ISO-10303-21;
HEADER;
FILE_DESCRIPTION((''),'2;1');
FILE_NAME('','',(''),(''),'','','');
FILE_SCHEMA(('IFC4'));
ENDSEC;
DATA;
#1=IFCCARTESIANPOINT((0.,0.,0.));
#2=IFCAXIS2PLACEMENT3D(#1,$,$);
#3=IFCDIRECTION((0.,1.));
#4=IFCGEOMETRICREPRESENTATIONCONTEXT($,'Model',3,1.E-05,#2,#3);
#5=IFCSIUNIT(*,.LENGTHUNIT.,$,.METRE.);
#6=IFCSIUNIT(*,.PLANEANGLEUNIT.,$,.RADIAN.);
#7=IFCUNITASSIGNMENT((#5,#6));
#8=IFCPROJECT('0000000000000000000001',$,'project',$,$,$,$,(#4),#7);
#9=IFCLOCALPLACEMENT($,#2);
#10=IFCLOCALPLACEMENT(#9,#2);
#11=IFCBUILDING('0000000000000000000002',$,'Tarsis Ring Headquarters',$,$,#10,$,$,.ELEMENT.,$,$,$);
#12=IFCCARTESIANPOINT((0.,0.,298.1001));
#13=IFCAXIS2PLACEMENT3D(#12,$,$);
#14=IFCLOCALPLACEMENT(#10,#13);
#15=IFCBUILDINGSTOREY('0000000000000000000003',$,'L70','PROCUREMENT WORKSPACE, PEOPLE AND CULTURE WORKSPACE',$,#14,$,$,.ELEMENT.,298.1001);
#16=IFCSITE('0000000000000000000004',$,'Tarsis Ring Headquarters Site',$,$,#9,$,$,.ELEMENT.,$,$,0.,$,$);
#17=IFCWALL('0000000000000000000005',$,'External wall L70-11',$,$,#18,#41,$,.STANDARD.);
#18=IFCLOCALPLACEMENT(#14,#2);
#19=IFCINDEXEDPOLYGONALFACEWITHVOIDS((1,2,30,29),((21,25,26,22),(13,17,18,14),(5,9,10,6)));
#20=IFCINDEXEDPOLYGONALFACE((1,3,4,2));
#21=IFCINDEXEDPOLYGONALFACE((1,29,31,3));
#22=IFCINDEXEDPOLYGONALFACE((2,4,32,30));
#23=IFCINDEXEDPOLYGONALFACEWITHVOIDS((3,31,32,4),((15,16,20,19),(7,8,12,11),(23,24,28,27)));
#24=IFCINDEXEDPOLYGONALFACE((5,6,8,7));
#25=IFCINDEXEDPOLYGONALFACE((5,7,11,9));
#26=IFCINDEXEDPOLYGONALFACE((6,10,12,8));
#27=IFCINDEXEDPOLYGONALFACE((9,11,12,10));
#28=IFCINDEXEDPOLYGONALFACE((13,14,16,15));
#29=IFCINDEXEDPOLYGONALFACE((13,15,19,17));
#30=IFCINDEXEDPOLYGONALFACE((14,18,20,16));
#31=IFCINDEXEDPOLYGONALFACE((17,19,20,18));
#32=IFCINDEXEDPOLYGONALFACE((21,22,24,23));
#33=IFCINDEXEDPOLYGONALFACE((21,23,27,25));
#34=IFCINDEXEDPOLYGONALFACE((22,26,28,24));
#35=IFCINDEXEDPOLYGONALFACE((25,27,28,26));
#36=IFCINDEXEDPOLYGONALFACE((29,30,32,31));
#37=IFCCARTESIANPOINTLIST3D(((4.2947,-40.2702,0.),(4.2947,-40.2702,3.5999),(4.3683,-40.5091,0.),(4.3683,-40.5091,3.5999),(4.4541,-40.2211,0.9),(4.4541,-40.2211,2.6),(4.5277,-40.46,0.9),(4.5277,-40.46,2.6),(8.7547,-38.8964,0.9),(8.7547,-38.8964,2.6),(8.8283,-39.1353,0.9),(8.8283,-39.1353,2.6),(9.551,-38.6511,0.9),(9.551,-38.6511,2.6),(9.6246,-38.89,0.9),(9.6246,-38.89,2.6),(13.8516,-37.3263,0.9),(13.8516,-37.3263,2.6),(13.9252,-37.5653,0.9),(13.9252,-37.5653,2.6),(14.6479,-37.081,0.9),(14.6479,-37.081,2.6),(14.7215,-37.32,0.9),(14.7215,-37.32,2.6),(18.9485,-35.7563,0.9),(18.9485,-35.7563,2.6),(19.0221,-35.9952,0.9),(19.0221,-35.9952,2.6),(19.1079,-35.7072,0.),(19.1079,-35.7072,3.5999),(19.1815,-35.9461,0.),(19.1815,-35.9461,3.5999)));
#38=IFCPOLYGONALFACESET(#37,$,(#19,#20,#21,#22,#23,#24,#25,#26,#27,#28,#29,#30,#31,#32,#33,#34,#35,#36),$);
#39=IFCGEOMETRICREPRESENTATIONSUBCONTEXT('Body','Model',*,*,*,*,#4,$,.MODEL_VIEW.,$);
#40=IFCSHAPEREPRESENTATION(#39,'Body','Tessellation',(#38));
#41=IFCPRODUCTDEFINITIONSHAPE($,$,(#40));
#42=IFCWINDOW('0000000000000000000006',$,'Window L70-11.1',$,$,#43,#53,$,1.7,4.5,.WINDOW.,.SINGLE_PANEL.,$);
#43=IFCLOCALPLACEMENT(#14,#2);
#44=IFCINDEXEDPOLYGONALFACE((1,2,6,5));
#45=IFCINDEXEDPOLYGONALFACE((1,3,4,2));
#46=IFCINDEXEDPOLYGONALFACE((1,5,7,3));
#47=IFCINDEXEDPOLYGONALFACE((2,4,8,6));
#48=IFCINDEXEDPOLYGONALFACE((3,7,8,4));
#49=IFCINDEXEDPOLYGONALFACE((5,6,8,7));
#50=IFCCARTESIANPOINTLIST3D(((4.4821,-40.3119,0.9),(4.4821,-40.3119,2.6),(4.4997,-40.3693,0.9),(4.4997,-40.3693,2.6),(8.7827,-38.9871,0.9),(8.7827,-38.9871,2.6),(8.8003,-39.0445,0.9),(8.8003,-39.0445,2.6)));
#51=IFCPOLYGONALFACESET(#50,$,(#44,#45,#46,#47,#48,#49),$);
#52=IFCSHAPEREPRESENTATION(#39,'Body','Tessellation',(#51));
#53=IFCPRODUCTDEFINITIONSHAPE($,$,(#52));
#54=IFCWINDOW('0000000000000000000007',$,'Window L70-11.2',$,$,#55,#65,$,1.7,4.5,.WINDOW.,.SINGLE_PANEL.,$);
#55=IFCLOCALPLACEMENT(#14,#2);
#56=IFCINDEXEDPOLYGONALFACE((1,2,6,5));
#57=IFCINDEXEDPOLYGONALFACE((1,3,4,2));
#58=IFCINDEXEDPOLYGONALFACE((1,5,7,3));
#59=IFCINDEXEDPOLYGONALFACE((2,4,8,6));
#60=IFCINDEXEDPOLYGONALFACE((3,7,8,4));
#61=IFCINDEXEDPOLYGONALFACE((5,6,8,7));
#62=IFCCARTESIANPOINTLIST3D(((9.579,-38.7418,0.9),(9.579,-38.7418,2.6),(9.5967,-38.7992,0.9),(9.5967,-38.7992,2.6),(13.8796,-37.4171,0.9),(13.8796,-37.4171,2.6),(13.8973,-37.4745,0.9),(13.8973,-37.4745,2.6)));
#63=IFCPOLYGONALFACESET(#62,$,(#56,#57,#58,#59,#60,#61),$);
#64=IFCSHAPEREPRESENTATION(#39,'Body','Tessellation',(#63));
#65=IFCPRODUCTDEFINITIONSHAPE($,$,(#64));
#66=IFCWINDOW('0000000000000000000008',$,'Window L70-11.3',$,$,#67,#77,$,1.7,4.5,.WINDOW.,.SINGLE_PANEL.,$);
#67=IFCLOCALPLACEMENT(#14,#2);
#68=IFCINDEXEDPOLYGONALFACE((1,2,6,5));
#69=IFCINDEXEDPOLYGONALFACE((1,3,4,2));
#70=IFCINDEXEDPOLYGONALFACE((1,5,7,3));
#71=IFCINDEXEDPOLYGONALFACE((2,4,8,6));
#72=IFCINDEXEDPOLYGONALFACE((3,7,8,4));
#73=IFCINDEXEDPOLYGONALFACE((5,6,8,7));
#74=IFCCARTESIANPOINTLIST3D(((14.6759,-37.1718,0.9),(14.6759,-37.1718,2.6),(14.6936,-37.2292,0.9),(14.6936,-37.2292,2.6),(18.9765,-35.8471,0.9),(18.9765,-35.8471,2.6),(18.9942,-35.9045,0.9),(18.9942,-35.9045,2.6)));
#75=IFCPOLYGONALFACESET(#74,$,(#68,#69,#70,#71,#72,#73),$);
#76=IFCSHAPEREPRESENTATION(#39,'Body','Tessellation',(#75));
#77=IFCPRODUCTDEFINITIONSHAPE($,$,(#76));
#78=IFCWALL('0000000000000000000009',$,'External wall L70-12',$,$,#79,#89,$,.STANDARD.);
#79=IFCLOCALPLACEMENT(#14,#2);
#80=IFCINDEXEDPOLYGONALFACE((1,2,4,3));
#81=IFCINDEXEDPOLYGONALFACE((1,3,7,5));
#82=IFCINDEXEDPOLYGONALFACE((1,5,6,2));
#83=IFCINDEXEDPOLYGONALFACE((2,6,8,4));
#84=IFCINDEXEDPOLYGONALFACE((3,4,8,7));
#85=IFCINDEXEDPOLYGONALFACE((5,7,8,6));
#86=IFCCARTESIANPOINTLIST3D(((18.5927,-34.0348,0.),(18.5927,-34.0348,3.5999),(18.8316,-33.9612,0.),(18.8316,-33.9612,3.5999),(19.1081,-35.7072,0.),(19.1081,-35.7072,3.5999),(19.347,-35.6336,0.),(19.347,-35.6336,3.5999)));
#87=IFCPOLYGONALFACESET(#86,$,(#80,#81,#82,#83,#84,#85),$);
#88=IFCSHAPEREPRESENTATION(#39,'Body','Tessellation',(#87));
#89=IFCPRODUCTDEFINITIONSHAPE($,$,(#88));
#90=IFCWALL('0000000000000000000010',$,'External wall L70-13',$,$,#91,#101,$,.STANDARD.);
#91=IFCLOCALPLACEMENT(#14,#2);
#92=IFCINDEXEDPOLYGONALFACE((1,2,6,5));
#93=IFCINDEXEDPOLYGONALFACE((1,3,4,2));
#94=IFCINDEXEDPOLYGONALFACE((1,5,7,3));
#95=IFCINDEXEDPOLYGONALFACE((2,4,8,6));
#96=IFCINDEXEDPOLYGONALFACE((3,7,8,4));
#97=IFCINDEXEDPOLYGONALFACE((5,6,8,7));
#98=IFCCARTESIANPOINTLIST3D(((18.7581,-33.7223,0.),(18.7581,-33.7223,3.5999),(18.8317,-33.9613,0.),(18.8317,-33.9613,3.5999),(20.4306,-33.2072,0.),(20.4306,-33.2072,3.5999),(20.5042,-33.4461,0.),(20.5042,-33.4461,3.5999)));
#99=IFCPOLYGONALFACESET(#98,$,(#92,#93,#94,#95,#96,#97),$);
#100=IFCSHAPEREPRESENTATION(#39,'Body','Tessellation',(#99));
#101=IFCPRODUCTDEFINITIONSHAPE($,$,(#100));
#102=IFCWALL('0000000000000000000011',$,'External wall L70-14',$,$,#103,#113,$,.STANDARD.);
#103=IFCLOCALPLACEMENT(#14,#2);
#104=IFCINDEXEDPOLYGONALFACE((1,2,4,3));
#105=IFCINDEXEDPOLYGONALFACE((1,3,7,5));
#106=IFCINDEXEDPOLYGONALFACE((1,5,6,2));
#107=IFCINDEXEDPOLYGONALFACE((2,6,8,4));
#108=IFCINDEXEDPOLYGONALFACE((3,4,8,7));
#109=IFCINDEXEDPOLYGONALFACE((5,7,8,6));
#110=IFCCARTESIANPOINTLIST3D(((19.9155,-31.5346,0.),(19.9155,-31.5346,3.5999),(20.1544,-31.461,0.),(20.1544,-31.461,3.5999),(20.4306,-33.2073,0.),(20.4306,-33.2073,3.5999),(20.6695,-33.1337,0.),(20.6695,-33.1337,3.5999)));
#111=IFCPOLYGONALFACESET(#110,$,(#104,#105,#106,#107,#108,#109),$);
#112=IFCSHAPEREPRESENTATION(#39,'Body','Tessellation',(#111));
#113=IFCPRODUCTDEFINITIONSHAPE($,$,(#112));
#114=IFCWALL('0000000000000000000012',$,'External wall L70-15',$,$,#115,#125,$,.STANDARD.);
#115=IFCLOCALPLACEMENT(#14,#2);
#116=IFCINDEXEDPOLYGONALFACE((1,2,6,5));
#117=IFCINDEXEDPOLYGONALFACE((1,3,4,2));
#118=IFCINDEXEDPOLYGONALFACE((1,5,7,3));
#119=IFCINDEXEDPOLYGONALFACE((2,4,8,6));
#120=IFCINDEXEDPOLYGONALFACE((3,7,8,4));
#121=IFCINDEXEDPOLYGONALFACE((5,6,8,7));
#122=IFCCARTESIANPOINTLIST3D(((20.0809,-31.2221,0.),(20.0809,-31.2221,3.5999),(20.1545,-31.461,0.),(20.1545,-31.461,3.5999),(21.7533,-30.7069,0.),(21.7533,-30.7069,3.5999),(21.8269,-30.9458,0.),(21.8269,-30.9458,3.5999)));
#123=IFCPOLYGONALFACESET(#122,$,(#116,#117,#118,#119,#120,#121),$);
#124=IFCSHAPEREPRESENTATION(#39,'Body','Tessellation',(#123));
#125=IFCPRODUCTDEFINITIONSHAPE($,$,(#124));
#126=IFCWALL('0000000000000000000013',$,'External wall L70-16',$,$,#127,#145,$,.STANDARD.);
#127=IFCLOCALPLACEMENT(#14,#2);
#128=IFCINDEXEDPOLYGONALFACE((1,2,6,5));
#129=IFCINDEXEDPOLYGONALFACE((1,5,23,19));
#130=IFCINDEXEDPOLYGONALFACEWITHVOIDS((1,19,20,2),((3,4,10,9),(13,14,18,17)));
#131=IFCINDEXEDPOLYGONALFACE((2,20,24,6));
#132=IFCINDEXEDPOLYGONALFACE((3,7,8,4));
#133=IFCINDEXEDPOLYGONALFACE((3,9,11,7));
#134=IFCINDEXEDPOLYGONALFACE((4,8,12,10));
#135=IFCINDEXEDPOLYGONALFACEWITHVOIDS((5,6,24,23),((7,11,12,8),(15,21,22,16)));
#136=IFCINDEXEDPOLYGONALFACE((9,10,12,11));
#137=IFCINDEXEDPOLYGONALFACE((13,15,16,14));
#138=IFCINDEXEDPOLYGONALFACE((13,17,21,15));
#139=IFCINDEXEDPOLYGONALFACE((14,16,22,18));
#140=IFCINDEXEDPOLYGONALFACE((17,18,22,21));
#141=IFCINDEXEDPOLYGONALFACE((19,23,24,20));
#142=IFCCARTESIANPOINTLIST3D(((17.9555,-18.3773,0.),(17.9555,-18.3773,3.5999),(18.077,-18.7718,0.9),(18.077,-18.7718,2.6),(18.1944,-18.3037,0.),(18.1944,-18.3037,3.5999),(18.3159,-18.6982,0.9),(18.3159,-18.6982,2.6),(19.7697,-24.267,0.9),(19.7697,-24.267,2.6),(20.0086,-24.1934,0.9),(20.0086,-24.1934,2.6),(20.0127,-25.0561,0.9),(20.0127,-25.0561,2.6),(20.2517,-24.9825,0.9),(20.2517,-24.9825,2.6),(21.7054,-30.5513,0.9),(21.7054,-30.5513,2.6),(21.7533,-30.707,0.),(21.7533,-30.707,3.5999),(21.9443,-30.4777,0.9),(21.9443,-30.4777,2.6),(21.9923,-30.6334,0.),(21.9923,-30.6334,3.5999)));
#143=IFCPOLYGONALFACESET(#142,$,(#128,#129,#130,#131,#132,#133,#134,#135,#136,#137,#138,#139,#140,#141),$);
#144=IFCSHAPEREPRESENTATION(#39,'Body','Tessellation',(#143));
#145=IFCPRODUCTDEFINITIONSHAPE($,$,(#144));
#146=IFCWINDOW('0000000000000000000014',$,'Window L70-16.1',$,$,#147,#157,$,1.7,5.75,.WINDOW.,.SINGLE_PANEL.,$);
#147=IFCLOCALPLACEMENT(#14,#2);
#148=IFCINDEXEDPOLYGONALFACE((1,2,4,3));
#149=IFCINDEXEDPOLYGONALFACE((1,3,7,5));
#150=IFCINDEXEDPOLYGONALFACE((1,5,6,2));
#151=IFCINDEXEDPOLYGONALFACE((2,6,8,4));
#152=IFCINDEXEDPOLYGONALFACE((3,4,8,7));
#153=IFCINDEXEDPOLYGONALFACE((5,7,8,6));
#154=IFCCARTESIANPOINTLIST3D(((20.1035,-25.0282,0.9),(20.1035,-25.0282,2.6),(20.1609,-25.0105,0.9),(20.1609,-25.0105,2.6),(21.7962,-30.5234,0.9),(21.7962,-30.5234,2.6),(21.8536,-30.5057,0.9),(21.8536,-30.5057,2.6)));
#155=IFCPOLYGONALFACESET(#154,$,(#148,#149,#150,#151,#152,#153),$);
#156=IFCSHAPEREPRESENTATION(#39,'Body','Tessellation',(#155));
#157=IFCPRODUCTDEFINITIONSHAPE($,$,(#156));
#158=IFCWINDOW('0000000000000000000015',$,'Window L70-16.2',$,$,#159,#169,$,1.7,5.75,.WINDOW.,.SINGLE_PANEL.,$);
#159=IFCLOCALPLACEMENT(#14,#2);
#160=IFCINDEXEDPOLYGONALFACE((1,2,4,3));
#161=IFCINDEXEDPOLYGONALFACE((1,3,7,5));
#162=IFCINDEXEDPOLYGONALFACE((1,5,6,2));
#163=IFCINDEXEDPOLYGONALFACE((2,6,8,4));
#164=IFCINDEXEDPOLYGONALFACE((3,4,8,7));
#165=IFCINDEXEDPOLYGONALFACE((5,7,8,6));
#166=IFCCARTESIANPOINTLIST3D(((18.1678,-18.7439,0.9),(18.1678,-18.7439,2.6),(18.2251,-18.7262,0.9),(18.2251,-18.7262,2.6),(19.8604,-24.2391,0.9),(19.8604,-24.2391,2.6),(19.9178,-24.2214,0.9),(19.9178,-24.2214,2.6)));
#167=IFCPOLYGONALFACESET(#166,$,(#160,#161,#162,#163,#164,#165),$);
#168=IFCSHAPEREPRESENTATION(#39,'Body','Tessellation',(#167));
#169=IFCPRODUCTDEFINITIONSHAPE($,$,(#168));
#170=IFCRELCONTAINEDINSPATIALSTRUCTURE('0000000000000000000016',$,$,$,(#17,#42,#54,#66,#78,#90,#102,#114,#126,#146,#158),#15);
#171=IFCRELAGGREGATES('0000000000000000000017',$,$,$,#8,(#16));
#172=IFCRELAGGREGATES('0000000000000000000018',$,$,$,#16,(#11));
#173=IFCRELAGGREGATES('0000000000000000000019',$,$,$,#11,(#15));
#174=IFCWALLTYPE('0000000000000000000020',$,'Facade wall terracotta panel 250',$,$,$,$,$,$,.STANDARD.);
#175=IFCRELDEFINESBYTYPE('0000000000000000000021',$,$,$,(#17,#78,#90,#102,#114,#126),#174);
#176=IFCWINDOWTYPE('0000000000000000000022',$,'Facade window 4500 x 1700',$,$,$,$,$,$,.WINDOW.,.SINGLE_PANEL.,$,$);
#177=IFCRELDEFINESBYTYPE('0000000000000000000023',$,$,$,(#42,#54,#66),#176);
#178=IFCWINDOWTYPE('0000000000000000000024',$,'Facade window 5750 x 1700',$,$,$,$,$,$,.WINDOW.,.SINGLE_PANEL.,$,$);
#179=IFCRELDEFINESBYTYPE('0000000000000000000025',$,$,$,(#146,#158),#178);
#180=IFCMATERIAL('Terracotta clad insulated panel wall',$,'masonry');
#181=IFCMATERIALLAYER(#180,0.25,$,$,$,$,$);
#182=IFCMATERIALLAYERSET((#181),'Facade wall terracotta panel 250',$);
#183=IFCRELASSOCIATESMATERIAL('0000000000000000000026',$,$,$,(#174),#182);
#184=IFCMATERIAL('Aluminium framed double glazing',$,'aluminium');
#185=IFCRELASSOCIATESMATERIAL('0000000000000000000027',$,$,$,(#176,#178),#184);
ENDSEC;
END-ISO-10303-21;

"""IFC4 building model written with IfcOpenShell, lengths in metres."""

from ifc_helpers import new_model, si_unit, direction, frame, frame_2d, origin, place, context, subcontext, project, spatial, rectangle, extrude, material, layer, layer_set, type_object, element, fill, save


model = new_model("IFC4")

# Units and contexts
model_context = context("Model", 3, precision=1e-05, world=origin(), true_north=direction((0.0, 1.0)))
body_context = subcontext(model_context, "Body", "Model", "MODEL_VIEW")
ifc_project = project(units=[si_unit("LENGTHUNIT", "METRE"), si_unit("PLANEANGLEUNIT", "RADIAN")], contexts=[model_context])

# Site, building, storey
site_placement = place(None, origin())
site = spatial("IfcSite", under=ifc_project, at=site_placement, Name="Tarsis Ring Headquarters Site", CompositionType="ELEMENT", RefElevation=0.0)
building_placement = place(site_placement, origin())
building = spatial("IfcBuilding", under=site, at=building_placement, Name="Tarsis Ring Headquarters", CompositionType="ELEMENT")
storey_placement = place(building_placement, frame((0.0, 0.0, 298.1001)))
storey = spatial("IfcBuildingStorey", under=building, at=storey_placement, Name="L70", Description="PROCUREMENT WORKSPACE, PEOPLE AND CULTURE WORKSPACE", CompositionType="ELEMENT", Elevation=298.1001)

# Shared definitions
ifc_material_1 = material(Name="Terracotta clad insulated panel wall", Category="masonry")
ifc_layer_1 = layer(ifc_material_1, 0.25)
ifc_layer_set_1 = layer_set([ifc_layer_1], Name="Facade wall terracotta panel 250")
wall_type_1 = type_object("IfcWallType", Name="Facade wall terracotta panel 250", PredefinedType="STANDARD", material=ifc_layer_set_1)

# Wall, openings, windows
wall_1_placement = place(storey_placement, frame((4.3315, -40.3896, 0.0), z_axis=(0.0, 0.0, 1.0), x_axis=(0.955687, 0.294385, 0.0)))
wall_1 = element("IfcWall", 1, at=wall_1_placement, inside=storey, type_object=wall_type_1, Name="External wall L70-11", PredefinedType="STANDARD", context=body_context, shape_type="SweptSolid", body=[
    extrude(rectangle(XDim=15.5, YDim=0.25, at=frame_2d((7.75, 0.0))), origin(), (0.0, 0.0, 1.0), 3.5999),
])
opening_1_placement = place(wall_1_placement, frame((0.1667, 0.0, 0.8999)))
opening_1 = element("IfcOpeningElement", 2, at=opening_1_placement, cuts=wall_1, PredefinedType="OPENING", context=body_context, shape_type="SweptSolid", body=[
    extrude(rectangle(XDim=4.5, YDim=1.7, at=frame_2d((2.25, 0.8501))), frame((0.0, 0.135, 0.0), z_axis=(0.0, -1.0, 0.0), x_axis=(1.0, 0.0, 0.0)), (0.0, 0.0, 1.0), 0.27),
])
opening_2_placement = place(wall_1_placement, frame((5.5, 0.0, 0.8999)))
opening_2 = element("IfcOpeningElement", 3, at=opening_2_placement, cuts=wall_1, PredefinedType="OPENING", context=body_context, shape_type="SweptSolid", body=[
    extrude(rectangle(XDim=4.5, YDim=1.7, at=frame_2d((2.25, 0.8501))), frame((0.0, 0.135, 0.0), z_axis=(0.0, -1.0, 0.0), x_axis=(1.0, 0.0, 0.0)), (0.0, 0.0, 1.0), 0.27),
])
opening_3_placement = place(wall_1_placement, frame((10.8333, 0.0, 0.8999)))
opening_3 = element("IfcOpeningElement", 4, at=opening_3_placement, cuts=wall_1, PredefinedType="OPENING", context=body_context, shape_type="SweptSolid", body=[
    extrude(rectangle(XDim=4.5, YDim=1.7, at=frame_2d((2.25, 0.8501))), frame((0.0, 0.135, 0.0), z_axis=(0.0, -1.0, 0.0), x_axis=(1.0, 0.0, 0.0)), (0.0, 0.0, 1.0), 0.27),
])
ifc_material_2 = material(Name="Aluminium framed double glazing", Category="aluminium")
window_type_1 = type_object("IfcWindowType", Name="Facade window 4500 x 1700", PartitioningType="SINGLE_PANEL", PredefinedType="WINDOW", material=ifc_material_2)
window_1_placement = place(opening_1_placement, origin())
window_1 = element("IfcWindow", 5, at=window_1_placement, inside=storey, type_object=window_type_1, Name="Window L70-11.1", OverallHeight=1.7, OverallWidth=4.5, PartitioningType="SINGLE_PANEL", PredefinedType="WINDOW", context=body_context, shape_type="SweptSolid", body=[
    extrude(rectangle(XDim=4.5, YDim=1.7, at=frame_2d((2.25, 0.8501))), frame((0.0, 0.03, 0.0), z_axis=(0.0, -1.0, 0.0), x_axis=(1.0, 0.0, 0.0)), (0.0, 0.0, 1.0), 0.0601),
])
fill(opening_1, window_1)
window_2_placement = place(opening_2_placement, origin())
window_2 = element("IfcWindow", 6, at=window_2_placement, inside=storey, type_object=window_type_1, Name="Window L70-11.2", OverallHeight=1.7, OverallWidth=4.5, PartitioningType="SINGLE_PANEL", PredefinedType="WINDOW", context=body_context, shape_type="SweptSolid", body=[
    extrude(rectangle(XDim=4.5, YDim=1.7, at=frame_2d((2.25, 0.8501))), frame((0.0, 0.03, 0.0), z_axis=(0.0, -1.0, 0.0), x_axis=(1.0, 0.0, 0.0)), (0.0, 0.0, 1.0), 0.0601),
])
fill(opening_2, window_2)
window_3_placement = place(opening_3_placement, origin())
window_3 = element("IfcWindow", 7, at=window_3_placement, inside=storey, type_object=window_type_1, Name="Window L70-11.3", OverallHeight=1.7, OverallWidth=4.5, PartitioningType="SINGLE_PANEL", PredefinedType="WINDOW", context=body_context, shape_type="SweptSolid", body=[
    extrude(rectangle(XDim=4.5, YDim=1.7, at=frame_2d((2.25, 0.8501))), frame((0.0, 0.03, 0.0), z_axis=(0.0, -1.0, 0.0), x_axis=(1.0, 0.0, 0.0)), (0.0, 0.0, 1.0), 0.0601),
])
fill(opening_3, window_3)

# Walls
for number, where, z_axis, x_axis, name in (
    (8, (19.2275, -35.6704, 0.0), (0.0, 0.0, 1.0), (-0.294507, 0.955649, 0.0), "External wall L70-12"),
    (9, (18.7949, -33.8418, 0.0), (0.0, 0.0, 1.0), (0.955688, 0.29438, 0.0), "External wall L70-13"),
):
    element("IfcWall", number, at=place(storey_placement, frame(where, z_axis=z_axis, x_axis=x_axis)), inside=storey, type_object=wall_type_1, Name=name, PredefinedType="STANDARD", context=body_context, shape_type="SweptSolid", body=[
        extrude(rectangle(XDim=1.75, YDim=0.25, at=frame_2d((0.875, 0.0))), origin(), (0.0, 0.0, 1.0), 3.5999),
    ])
wall_2_placement = place(storey_placement, frame((20.55, -33.1704, 0.0), z_axis=(0.0, 0.0, 1.0), x_axis=(-0.294341, 0.955701, 0.0)))
element("IfcWall", 10, at=wall_2_placement, inside=storey, type_object=wall_type_1, Name="External wall L70-14", PredefinedType="STANDARD", context=body_context, shape_type="SweptSolid", body=[
    extrude(rectangle(XDim=1.7502, YDim=0.25, at=frame_2d((0.875, 0.0))), origin(), (0.0, 0.0, 1.0), 3.5999),
])
wall_3_placement = place(storey_placement, frame((20.1177, -31.3416, 0.0), z_axis=(0.0, 0.0, 1.0), x_axis=(0.955688, 0.29438, 0.0)))
element("IfcWall", 11, at=wall_3_placement, inside=storey, type_object=wall_type_1, Name="External wall L70-15", PredefinedType="STANDARD", context=body_context, shape_type="SweptSolid", body=[
    extrude(rectangle(XDim=1.75, YDim=0.25, at=frame_2d((0.875, 0.0))), origin(), (0.0, 0.0, 1.0), 3.5999),
])

# Wall, openings, windows
wall_4_placement = place(storey_placement, frame((21.8728, -30.6702, 0.0), z_axis=(0.0, 0.0, 1.0), x_axis=(-0.294378, 0.955689, 0.0)))
wall_4 = element("IfcWall", 12, at=wall_4_placement, inside=storey, type_object=wall_type_1, Name="External wall L70-16", PredefinedType="STANDARD", context=body_context, shape_type="SweptSolid", body=[
    extrude(rectangle(XDim=12.9014, YDim=0.25, at=frame_2d((6.4507, 0.0))), origin(), (0.0, 0.0, 1.0), 3.5999),
])
opening_4_placement = place(wall_4_placement, frame((0.1628, 0.0, 0.8999)))
opening_4 = element("IfcOpeningElement", 13, at=opening_4_placement, cuts=wall_4, PredefinedType="OPENING", context=body_context, shape_type="SweptSolid", body=[
    extrude(rectangle(XDim=5.75, YDim=1.7, at=frame_2d((2.875, 0.8501))), frame((0.0, 0.135, 0.0), z_axis=(0.0, -1.0, 0.0), x_axis=(1.0, 0.0, 0.0)), (0.0, 0.0, 1.0), 0.27),
])
opening_5_placement = place(wall_4_placement, frame((6.7385, 0.0, 0.8999)))
opening_5 = element("IfcOpeningElement", 14, at=opening_5_placement, cuts=wall_4, PredefinedType="OPENING", context=body_context, shape_type="SweptSolid", body=[
    extrude(rectangle(XDim=5.75, YDim=1.7, at=frame_2d((2.875, 0.8501))), frame((0.0, 0.135, 0.0), z_axis=(0.0, -1.0, 0.0), x_axis=(1.0, 0.0, 0.0)), (0.0, 0.0, 1.0), 0.27),
])
window_type_2 = type_object("IfcWindowType", Name="Facade window 5750 x 1700", PartitioningType="SINGLE_PANEL", PredefinedType="WINDOW", material=ifc_material_2)
window_4_placement = place(opening_4_placement, origin())
window_4 = element("IfcWindow", 15, at=window_4_placement, inside=storey, type_object=window_type_2, Name="Window L70-16.1", OverallHeight=1.7, OverallWidth=5.75, PartitioningType="SINGLE_PANEL", PredefinedType="WINDOW", context=body_context, shape_type="SweptSolid", body=[
    extrude(rectangle(XDim=5.75, YDim=1.7, at=frame_2d((2.875, 0.8501))), frame((0.0, 0.03, 0.0), z_axis=(0.0, -1.0, 0.0), x_axis=(1.0, 0.0, 0.0)), (0.0, 0.0, 1.0), 0.0601),
])
fill(opening_4, window_4)
window_5_placement = place(opening_5_placement, origin())
window_5 = element("IfcWindow", 16, at=window_5_placement, inside=storey, type_object=window_type_2, Name="Window L70-16.2", OverallHeight=1.7, OverallWidth=5.75, PartitioningType="SINGLE_PANEL", PredefinedType="WINDOW", context=body_context, shape_type="SweptSolid", body=[
    extrude(rectangle(XDim=5.75, YDim=1.7, at=frame_2d((2.875, 0.8501))), frame((0.0, 0.03, 0.0), z_axis=(0.0, -1.0, 0.0), x_axis=(1.0, 0.0, 0.0)), (0.0, 0.0, 1.0), 0.0601),
])
fill(opening_5, window_5)

save(model, "model.ifc")
